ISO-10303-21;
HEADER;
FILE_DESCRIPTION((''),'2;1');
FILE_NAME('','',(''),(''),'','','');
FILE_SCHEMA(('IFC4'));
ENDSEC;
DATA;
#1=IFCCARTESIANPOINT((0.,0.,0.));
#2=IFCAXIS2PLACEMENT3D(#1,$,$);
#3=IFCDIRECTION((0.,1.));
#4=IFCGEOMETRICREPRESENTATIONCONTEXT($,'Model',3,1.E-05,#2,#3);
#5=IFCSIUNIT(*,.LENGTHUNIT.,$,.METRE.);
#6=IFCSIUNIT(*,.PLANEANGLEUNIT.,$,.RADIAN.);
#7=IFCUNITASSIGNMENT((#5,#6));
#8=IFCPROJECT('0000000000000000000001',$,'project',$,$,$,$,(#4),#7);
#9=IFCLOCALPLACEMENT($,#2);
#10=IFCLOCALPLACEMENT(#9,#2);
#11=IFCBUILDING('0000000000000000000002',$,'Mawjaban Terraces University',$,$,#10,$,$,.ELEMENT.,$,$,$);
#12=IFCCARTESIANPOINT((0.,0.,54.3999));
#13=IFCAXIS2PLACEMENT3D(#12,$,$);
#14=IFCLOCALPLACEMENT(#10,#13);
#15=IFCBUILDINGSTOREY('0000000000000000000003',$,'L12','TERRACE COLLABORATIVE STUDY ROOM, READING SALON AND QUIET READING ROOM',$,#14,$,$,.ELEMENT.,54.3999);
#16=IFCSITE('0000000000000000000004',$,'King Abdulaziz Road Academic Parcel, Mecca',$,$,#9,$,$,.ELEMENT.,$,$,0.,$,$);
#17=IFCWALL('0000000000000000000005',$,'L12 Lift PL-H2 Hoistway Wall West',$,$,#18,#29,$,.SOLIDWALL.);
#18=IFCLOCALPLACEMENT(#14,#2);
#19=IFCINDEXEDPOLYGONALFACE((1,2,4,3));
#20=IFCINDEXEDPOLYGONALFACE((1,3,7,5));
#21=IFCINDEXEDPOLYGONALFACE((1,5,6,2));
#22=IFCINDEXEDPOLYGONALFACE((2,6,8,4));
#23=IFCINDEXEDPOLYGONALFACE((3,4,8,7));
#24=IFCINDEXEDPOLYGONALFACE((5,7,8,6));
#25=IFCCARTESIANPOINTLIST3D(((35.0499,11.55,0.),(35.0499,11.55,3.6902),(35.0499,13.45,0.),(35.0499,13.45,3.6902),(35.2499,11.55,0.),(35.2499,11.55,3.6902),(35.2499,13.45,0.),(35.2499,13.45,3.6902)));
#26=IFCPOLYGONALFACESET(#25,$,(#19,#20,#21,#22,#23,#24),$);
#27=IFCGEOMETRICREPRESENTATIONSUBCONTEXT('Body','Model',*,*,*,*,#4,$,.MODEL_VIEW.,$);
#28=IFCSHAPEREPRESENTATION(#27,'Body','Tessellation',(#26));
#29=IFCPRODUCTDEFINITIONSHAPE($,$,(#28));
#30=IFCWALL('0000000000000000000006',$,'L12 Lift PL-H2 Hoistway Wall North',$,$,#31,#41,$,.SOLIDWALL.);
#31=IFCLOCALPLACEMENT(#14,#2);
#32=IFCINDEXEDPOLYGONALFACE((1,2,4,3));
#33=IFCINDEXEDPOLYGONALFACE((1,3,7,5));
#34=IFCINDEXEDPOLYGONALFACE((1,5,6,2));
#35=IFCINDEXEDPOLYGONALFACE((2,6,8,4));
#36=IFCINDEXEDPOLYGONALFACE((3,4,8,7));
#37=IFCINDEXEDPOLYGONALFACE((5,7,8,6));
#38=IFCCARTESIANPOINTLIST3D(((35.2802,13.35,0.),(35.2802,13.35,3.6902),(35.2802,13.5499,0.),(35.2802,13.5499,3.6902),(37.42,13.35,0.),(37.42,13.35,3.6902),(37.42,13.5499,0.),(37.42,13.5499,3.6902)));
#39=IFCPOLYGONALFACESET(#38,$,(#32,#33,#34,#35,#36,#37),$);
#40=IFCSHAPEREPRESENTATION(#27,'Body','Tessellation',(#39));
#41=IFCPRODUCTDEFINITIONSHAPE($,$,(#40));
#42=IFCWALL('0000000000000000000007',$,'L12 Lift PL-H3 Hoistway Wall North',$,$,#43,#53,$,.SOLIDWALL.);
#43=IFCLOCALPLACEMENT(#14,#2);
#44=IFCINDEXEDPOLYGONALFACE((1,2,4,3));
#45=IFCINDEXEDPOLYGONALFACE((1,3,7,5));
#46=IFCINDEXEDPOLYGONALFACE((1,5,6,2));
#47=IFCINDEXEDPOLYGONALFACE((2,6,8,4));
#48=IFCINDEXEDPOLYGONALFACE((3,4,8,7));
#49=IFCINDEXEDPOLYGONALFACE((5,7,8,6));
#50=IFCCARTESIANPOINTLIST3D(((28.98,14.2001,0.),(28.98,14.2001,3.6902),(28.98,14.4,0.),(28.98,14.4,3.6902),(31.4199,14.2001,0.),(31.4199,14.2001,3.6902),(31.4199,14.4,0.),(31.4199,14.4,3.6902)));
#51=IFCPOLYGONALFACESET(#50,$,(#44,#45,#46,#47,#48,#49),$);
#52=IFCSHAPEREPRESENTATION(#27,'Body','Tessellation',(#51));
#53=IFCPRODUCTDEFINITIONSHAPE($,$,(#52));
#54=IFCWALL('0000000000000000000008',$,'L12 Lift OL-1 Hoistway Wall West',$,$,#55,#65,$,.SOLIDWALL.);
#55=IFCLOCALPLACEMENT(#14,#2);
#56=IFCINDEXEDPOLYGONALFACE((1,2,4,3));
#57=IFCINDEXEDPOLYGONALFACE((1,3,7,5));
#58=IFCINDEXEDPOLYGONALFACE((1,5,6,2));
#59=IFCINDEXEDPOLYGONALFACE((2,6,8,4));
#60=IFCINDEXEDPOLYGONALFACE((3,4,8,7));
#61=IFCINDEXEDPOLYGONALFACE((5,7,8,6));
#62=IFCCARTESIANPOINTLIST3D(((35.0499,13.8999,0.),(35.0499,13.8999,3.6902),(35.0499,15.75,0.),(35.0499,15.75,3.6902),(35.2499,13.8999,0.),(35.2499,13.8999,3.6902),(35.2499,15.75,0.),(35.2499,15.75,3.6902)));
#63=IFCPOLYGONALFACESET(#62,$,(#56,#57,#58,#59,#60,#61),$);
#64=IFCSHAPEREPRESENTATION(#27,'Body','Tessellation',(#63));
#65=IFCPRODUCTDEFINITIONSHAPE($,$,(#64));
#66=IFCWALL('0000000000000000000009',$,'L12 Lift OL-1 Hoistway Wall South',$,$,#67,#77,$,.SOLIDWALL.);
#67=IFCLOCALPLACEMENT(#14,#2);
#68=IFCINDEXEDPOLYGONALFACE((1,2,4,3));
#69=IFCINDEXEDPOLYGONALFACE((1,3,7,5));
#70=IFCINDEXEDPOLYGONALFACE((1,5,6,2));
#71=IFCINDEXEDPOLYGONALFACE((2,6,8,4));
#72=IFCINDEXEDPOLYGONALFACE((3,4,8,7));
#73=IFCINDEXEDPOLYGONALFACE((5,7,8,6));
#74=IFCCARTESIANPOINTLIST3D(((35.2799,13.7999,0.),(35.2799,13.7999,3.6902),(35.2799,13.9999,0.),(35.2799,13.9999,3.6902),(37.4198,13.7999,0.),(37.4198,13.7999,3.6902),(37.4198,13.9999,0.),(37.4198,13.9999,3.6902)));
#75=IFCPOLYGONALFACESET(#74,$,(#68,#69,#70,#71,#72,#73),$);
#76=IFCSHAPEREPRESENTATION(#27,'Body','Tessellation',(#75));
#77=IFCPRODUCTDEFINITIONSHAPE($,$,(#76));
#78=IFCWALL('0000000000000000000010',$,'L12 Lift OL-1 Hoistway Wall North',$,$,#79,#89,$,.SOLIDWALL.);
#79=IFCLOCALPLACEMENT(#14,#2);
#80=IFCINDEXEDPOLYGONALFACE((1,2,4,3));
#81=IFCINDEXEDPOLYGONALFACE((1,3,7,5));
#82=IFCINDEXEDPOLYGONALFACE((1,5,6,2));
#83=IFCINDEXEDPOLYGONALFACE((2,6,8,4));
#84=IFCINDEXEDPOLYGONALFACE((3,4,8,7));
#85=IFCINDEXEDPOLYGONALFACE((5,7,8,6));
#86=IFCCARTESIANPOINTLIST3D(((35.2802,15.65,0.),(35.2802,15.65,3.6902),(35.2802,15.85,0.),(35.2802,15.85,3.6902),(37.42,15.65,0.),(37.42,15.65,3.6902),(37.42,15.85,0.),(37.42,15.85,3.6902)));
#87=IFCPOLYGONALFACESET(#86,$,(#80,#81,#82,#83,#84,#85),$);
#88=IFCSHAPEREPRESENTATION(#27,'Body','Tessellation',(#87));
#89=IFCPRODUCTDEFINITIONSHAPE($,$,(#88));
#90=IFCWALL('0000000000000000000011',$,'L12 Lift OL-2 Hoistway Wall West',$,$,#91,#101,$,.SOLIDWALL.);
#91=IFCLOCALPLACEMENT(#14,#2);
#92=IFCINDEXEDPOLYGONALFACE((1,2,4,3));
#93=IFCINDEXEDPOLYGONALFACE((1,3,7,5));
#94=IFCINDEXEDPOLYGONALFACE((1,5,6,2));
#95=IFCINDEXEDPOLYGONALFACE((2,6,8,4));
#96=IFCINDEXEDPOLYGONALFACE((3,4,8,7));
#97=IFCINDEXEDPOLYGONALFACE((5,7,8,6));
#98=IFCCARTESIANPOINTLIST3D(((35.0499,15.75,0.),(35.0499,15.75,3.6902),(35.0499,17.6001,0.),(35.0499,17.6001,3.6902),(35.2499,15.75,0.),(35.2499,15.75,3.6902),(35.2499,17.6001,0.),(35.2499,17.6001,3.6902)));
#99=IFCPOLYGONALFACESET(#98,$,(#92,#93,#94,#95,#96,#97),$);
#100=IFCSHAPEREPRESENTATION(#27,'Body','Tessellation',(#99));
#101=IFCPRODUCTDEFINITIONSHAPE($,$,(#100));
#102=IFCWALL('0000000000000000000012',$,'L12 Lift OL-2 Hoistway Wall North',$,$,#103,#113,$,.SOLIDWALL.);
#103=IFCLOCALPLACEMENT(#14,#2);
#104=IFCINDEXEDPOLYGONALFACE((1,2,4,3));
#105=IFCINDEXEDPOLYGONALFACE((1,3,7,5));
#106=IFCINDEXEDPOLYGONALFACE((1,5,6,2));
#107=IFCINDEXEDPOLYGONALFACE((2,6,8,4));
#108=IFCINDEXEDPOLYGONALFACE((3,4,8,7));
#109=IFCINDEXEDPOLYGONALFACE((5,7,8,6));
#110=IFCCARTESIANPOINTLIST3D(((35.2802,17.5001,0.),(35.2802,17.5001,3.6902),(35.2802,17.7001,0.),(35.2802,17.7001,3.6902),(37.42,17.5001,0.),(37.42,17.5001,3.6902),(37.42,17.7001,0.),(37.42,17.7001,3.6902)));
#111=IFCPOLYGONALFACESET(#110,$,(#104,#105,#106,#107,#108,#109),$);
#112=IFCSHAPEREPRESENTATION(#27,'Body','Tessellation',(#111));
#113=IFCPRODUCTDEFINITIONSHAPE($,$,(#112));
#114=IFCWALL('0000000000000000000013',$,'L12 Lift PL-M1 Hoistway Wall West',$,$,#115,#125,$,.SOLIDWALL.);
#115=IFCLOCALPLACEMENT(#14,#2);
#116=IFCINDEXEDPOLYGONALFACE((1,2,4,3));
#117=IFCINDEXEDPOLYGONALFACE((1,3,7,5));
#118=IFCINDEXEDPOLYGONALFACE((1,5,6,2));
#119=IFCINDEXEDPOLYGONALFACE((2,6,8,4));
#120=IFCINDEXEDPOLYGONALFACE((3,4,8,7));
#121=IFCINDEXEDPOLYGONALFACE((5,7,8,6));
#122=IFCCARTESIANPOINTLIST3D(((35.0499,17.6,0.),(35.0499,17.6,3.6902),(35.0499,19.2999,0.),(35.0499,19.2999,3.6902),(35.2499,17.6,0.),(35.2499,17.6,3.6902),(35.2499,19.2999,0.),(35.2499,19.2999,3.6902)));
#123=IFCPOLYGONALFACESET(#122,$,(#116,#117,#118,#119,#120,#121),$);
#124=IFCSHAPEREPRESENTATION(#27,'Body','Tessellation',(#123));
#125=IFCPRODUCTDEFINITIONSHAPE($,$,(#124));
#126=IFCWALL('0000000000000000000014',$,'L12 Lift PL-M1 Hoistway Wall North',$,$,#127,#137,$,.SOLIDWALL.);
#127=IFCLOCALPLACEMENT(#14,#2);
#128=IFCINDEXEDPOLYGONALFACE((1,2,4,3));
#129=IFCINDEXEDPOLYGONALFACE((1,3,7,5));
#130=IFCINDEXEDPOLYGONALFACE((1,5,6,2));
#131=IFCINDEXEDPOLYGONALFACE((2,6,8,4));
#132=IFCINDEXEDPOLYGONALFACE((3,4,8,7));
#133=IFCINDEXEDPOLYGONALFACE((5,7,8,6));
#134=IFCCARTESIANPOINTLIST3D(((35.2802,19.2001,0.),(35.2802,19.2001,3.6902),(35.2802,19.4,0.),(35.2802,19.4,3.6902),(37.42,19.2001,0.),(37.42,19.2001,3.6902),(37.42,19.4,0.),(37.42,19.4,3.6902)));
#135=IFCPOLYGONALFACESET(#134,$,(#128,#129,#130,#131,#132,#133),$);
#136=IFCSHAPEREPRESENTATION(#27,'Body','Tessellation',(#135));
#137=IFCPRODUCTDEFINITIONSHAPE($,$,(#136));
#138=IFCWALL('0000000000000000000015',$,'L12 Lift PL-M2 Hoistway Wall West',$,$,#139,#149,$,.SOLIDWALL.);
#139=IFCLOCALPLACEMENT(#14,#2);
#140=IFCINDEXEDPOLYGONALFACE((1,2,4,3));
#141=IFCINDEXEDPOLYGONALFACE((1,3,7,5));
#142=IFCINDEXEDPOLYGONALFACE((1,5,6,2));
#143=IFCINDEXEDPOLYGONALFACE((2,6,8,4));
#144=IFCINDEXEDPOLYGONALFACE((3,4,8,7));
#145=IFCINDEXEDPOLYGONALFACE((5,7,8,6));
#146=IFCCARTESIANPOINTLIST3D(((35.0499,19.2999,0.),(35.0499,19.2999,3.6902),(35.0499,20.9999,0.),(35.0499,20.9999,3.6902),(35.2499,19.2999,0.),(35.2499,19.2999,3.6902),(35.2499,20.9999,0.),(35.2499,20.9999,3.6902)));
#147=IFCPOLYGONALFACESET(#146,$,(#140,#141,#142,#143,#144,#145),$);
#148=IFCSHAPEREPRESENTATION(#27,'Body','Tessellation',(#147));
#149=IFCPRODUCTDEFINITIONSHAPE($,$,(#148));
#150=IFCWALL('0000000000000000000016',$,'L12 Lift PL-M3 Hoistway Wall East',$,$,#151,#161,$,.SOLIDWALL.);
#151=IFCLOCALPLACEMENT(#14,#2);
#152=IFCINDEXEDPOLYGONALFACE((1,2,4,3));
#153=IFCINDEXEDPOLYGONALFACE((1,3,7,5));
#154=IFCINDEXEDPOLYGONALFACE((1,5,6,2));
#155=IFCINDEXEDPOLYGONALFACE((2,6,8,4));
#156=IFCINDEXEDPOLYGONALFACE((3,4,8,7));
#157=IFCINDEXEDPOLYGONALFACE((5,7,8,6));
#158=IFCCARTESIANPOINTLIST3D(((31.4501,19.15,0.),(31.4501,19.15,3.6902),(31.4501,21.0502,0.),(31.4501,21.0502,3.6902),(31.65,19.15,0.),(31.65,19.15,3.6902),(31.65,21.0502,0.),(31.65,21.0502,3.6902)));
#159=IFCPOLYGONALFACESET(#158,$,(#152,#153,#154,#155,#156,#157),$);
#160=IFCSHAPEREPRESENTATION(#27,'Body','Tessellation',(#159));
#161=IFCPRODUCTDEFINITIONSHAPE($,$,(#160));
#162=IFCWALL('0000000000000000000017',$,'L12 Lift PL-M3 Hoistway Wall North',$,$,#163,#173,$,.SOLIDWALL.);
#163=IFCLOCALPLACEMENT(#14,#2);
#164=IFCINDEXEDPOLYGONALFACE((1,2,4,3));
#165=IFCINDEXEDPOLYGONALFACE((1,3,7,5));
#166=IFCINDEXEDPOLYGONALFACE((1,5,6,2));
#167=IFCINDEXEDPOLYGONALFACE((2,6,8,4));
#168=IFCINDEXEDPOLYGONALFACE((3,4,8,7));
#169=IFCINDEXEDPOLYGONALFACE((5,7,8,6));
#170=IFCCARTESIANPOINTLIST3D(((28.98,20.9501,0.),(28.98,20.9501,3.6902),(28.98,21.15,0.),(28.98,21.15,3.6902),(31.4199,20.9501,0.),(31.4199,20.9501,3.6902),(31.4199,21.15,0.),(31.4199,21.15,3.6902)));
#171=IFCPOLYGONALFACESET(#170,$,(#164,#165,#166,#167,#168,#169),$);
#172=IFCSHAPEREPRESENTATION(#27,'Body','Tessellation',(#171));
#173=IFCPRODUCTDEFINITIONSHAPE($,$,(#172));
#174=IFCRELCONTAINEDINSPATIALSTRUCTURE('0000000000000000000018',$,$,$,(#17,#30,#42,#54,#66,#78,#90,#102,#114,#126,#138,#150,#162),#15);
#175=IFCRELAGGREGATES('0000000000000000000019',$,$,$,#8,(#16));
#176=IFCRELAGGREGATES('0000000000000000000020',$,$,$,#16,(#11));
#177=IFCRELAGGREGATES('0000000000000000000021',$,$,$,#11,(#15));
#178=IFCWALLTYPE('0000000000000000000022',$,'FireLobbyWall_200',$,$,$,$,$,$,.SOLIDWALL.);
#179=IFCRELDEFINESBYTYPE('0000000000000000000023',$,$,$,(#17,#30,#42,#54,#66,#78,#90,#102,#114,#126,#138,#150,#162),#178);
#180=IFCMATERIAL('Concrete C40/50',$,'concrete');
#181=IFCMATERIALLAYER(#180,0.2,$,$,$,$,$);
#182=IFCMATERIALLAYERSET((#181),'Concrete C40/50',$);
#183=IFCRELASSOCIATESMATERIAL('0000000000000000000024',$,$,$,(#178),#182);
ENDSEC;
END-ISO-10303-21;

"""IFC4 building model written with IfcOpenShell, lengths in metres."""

from ifc_helpers import new_model, si_unit, direction, frame, frame_2d, origin, place, context, subcontext, project, spatial, rectangle, extrude, material, layer, layer_set, type_object, element, save


model = new_model("IFC4")

# Units and contexts
model_context = context("Model", 3, precision=1e-05, world=origin(), true_north=direction((0.0, 1.0)))
body_context = subcontext(model_context, "Body", "Model", "MODEL_VIEW")
ifc_project = project(units=[si_unit("LENGTHUNIT", "METRE"), si_unit("PLANEANGLEUNIT", "RADIAN")], contexts=[model_context])

# Site, building, storey
site_placement = place(None, origin())
site = spatial("IfcSite", under=ifc_project, at=site_placement, Name="King Abdulaziz Road Academic Parcel, Mecca", CompositionType="ELEMENT", RefElevation=0.0)
building_placement = place(site_placement, origin())
building = spatial("IfcBuilding", under=site, at=building_placement, Name="Mawjaban Terraces University", CompositionType="ELEMENT")
storey_placement = place(building_placement, frame((0.0, 0.0, 54.3999)))
storey = spatial("IfcBuildingStorey", under=building, at=storey_placement, Name="L12", Description="TERRACE COLLABORATIVE STUDY ROOM, READING SALON AND QUIET READING ROOM", CompositionType="ELEMENT", Elevation=54.3999)

# Walls
ifc_material_1 = material(Name="Concrete C40/50", Category="concrete")
ifc_layer_1 = layer(ifc_material_1, 0.2)
ifc_layer_set_1 = layer_set([ifc_layer_1], Name="Concrete C40/50")
wall_type_1 = type_object("IfcWallType", Name="FireLobbyWall_200", PredefinedType="SOLIDWALL", material=ifc_layer_set_1)
wall_1_placement = place(storey_placement, frame((35.1499, 13.45, 0.0), z_axis=(0.0, 0.0, 1.0), x_axis=(0.0, -1.0, 0.0)))
element("IfcWall", 1, at=wall_1_placement, inside=storey, type_object=wall_type_1, Name="L12 Lift PL-H2 Hoistway Wall West", PredefinedType="SOLIDWALL", context=body_context, shape_type="SweptSolid", body=[
    extrude(rectangle(XDim=1.8999, YDim=0.2, at=frame_2d((0.95, 0.0))), origin(), (0.0, 0.0, 1.0), 3.6902),
])
wall_2_placement = place(storey_placement, frame((37.4199, 13.45, 0.0), z_axis=(0.0, 0.0, 1.0), x_axis=(-1.0, 0.0, 0.0)))
element("IfcWall", 2, at=wall_2_placement, inside=storey, type_object=wall_type_1, Name="L12 Lift PL-H2 Hoistway Wall North", PredefinedType="SOLIDWALL", context=body_context, shape_type="SweptSolid", body=[
    extrude(rectangle(XDim=2.1399, YDim=0.2, at=frame_2d((1.0698, 0.0))), origin(), (0.0, 0.0, 1.0), 3.6902),
])
wall_3_placement = place(storey_placement, frame((31.4199, 14.3, 0.0), z_axis=(0.0, 0.0, 1.0), x_axis=(-1.0, 0.0, 0.0)))
element("IfcWall", 3, at=wall_3_placement, inside=storey, type_object=wall_type_1, Name="L12 Lift PL-H3 Hoistway Wall North", PredefinedType="SOLIDWALL", context=body_context, shape_type="SweptSolid", body=[
    extrude(rectangle(XDim=2.4399, YDim=0.2, at=frame_2d((1.22, 0.0))), origin(), (0.0, 0.0, 1.0), 3.6902),
])
wall_4_placement = place(storey_placement, frame((35.1499, 15.75, 0.0), z_axis=(0.0, 0.0, 1.0), x_axis=(0.0, -1.0, 0.0)))
element("IfcWall", 4, at=wall_4_placement, inside=storey, type_object=wall_type_1, Name="L12 Lift OL-1 Hoistway Wall West", PredefinedType="SOLIDWALL", context=body_context, shape_type="SweptSolid", body=[
    extrude(rectangle(XDim=1.8501, YDim=0.2, at=frame_2d((0.925, 0.0))), origin(), (0.0, 0.0, 1.0), 3.6902),
])
for number, where, z_axis, x_axis, name in (
    (5, (35.28, 13.8999, 0.0), (0.0, 0.0, 1.0), (1.0, 0.0, 0.0), "L12 Lift OL-1 Hoistway Wall South"),
    (6, (37.4199, 15.75, 0.0), (0.0, 0.0, 1.0), (-1.0, 0.0, 0.0), "L12 Lift OL-1 Hoistway Wall North"),
):
    element("IfcWall", number, at=place(storey_placement, frame(where, z_axis=z_axis, x_axis=x_axis)), inside=storey, type_object=wall_type_1, Name=name, PredefinedType="SOLIDWALL", context=body_context, shape_type="SweptSolid", body=[
        extrude(rectangle(XDim=2.1399, YDim=0.2, at=frame_2d((1.0698, 0.0))), origin(), (0.0, 0.0, 1.0), 3.6902),
    ])
wall_5_placement = place(storey_placement, frame((35.1499, 17.6001, 0.0), z_axis=(0.0, 0.0, 1.0), x_axis=(0.0, -1.0, 0.0)))
element("IfcWall", 7, at=wall_5_placement, inside=storey, type_object=wall_type_1, Name="L12 Lift OL-2 Hoistway Wall West", PredefinedType="SOLIDWALL", context=body_context, shape_type="SweptSolid", body=[
    extrude(rectangle(XDim=1.8501, YDim=0.2, at=frame_2d((0.925, 0.0))), origin(), (0.0, 0.0, 1.0), 3.6902),
])
wall_6_placement = place(storey_placement, frame((37.4199, 17.6001, 0.0), z_axis=(0.0, 0.0, 1.0), x_axis=(-1.0, 0.0, 0.0)))
element("IfcWall", 8, at=wall_6_placement, inside=storey, type_object=wall_type_1, Name="L12 Lift OL-2 Hoistway Wall North", PredefinedType="SOLIDWALL", context=body_context, shape_type="SweptSolid", body=[
    extrude(rectangle(XDim=2.1399, YDim=0.2, at=frame_2d((1.0698, 0.0))), origin(), (0.0, 0.0, 1.0), 3.6902),
])
wall_7_placement = place(storey_placement, frame((35.1499, 19.3, 0.0), z_axis=(0.0, 0.0, 1.0), x_axis=(0.0, -1.0, 0.0)))
element("IfcWall", 9, at=wall_7_placement, inside=storey, type_object=wall_type_1, Name="L12 Lift PL-M1 Hoistway Wall West", PredefinedType="SOLIDWALL", context=body_context, shape_type="SweptSolid", body=[
    extrude(rectangle(XDim=1.7, YDim=0.2, at=frame_2d((0.8501, 0.0))), origin(), (0.0, 0.0, 1.0), 3.6902),
])
wall_8_placement = place(storey_placement, frame((37.4199, 19.3, 0.0), z_axis=(0.0, 0.0, 1.0), x_axis=(-1.0, 0.0, 0.0)))
element("IfcWall", 10, at=wall_8_placement, inside=storey, type_object=wall_type_1, Name="L12 Lift PL-M1 Hoistway Wall North", PredefinedType="SOLIDWALL", context=body_context, shape_type="SweptSolid", body=[
    extrude(rectangle(XDim=2.1399, YDim=0.2, at=frame_2d((1.0698, 0.0))), origin(), (0.0, 0.0, 1.0), 3.6902),
])
wall_9_placement = place(storey_placement, frame((35.1499, 21.0, 0.0), z_axis=(0.0, 0.0, 1.0), x_axis=(0.0, -1.0, 0.0)))
element("IfcWall", 11, at=wall_9_placement, inside=storey, type_object=wall_type_1, Name="L12 Lift PL-M2 Hoistway Wall West", PredefinedType="SOLIDWALL", context=body_context, shape_type="SweptSolid", body=[
    extrude(rectangle(XDim=1.7, YDim=0.2, at=frame_2d((0.8501, 0.0))), origin(), (0.0, 0.0, 1.0), 3.6902),
])
wall_10_placement = place(storey_placement, frame((31.55, 19.1499, 0.0), z_axis=(0.0, 0.0, 1.0), x_axis=(0.0, 1.0, 0.0)))
element("IfcWall", 12, at=wall_10_placement, inside=storey, type_object=wall_type_1, Name="L12 Lift PL-M3 Hoistway Wall East", PredefinedType="SOLIDWALL", context=body_context, shape_type="SweptSolid", body=[
    extrude(rectangle(XDim=1.9001, YDim=0.2, at=frame_2d((0.9502, 0.0))), origin(), (0.0, 0.0, 1.0), 3.6902),
])
wall_11_placement = place(storey_placement, frame((31.4199, 21.05, 0.0), z_axis=(0.0, 0.0, 1.0), x_axis=(-1.0, 0.0, 0.0)))
element("IfcWall", 13, at=wall_11_placement, inside=storey, type_object=wall_type_1, Name="L12 Lift PL-M3 Hoistway Wall North", PredefinedType="SOLIDWALL", context=body_context, shape_type="SweptSolid", body=[
    extrude(rectangle(XDim=2.4399, YDim=0.2, at=frame_2d((1.22, 0.0))), origin(), (0.0, 0.0, 1.0), 3.6902),
])

save(model, "model.ifc")
